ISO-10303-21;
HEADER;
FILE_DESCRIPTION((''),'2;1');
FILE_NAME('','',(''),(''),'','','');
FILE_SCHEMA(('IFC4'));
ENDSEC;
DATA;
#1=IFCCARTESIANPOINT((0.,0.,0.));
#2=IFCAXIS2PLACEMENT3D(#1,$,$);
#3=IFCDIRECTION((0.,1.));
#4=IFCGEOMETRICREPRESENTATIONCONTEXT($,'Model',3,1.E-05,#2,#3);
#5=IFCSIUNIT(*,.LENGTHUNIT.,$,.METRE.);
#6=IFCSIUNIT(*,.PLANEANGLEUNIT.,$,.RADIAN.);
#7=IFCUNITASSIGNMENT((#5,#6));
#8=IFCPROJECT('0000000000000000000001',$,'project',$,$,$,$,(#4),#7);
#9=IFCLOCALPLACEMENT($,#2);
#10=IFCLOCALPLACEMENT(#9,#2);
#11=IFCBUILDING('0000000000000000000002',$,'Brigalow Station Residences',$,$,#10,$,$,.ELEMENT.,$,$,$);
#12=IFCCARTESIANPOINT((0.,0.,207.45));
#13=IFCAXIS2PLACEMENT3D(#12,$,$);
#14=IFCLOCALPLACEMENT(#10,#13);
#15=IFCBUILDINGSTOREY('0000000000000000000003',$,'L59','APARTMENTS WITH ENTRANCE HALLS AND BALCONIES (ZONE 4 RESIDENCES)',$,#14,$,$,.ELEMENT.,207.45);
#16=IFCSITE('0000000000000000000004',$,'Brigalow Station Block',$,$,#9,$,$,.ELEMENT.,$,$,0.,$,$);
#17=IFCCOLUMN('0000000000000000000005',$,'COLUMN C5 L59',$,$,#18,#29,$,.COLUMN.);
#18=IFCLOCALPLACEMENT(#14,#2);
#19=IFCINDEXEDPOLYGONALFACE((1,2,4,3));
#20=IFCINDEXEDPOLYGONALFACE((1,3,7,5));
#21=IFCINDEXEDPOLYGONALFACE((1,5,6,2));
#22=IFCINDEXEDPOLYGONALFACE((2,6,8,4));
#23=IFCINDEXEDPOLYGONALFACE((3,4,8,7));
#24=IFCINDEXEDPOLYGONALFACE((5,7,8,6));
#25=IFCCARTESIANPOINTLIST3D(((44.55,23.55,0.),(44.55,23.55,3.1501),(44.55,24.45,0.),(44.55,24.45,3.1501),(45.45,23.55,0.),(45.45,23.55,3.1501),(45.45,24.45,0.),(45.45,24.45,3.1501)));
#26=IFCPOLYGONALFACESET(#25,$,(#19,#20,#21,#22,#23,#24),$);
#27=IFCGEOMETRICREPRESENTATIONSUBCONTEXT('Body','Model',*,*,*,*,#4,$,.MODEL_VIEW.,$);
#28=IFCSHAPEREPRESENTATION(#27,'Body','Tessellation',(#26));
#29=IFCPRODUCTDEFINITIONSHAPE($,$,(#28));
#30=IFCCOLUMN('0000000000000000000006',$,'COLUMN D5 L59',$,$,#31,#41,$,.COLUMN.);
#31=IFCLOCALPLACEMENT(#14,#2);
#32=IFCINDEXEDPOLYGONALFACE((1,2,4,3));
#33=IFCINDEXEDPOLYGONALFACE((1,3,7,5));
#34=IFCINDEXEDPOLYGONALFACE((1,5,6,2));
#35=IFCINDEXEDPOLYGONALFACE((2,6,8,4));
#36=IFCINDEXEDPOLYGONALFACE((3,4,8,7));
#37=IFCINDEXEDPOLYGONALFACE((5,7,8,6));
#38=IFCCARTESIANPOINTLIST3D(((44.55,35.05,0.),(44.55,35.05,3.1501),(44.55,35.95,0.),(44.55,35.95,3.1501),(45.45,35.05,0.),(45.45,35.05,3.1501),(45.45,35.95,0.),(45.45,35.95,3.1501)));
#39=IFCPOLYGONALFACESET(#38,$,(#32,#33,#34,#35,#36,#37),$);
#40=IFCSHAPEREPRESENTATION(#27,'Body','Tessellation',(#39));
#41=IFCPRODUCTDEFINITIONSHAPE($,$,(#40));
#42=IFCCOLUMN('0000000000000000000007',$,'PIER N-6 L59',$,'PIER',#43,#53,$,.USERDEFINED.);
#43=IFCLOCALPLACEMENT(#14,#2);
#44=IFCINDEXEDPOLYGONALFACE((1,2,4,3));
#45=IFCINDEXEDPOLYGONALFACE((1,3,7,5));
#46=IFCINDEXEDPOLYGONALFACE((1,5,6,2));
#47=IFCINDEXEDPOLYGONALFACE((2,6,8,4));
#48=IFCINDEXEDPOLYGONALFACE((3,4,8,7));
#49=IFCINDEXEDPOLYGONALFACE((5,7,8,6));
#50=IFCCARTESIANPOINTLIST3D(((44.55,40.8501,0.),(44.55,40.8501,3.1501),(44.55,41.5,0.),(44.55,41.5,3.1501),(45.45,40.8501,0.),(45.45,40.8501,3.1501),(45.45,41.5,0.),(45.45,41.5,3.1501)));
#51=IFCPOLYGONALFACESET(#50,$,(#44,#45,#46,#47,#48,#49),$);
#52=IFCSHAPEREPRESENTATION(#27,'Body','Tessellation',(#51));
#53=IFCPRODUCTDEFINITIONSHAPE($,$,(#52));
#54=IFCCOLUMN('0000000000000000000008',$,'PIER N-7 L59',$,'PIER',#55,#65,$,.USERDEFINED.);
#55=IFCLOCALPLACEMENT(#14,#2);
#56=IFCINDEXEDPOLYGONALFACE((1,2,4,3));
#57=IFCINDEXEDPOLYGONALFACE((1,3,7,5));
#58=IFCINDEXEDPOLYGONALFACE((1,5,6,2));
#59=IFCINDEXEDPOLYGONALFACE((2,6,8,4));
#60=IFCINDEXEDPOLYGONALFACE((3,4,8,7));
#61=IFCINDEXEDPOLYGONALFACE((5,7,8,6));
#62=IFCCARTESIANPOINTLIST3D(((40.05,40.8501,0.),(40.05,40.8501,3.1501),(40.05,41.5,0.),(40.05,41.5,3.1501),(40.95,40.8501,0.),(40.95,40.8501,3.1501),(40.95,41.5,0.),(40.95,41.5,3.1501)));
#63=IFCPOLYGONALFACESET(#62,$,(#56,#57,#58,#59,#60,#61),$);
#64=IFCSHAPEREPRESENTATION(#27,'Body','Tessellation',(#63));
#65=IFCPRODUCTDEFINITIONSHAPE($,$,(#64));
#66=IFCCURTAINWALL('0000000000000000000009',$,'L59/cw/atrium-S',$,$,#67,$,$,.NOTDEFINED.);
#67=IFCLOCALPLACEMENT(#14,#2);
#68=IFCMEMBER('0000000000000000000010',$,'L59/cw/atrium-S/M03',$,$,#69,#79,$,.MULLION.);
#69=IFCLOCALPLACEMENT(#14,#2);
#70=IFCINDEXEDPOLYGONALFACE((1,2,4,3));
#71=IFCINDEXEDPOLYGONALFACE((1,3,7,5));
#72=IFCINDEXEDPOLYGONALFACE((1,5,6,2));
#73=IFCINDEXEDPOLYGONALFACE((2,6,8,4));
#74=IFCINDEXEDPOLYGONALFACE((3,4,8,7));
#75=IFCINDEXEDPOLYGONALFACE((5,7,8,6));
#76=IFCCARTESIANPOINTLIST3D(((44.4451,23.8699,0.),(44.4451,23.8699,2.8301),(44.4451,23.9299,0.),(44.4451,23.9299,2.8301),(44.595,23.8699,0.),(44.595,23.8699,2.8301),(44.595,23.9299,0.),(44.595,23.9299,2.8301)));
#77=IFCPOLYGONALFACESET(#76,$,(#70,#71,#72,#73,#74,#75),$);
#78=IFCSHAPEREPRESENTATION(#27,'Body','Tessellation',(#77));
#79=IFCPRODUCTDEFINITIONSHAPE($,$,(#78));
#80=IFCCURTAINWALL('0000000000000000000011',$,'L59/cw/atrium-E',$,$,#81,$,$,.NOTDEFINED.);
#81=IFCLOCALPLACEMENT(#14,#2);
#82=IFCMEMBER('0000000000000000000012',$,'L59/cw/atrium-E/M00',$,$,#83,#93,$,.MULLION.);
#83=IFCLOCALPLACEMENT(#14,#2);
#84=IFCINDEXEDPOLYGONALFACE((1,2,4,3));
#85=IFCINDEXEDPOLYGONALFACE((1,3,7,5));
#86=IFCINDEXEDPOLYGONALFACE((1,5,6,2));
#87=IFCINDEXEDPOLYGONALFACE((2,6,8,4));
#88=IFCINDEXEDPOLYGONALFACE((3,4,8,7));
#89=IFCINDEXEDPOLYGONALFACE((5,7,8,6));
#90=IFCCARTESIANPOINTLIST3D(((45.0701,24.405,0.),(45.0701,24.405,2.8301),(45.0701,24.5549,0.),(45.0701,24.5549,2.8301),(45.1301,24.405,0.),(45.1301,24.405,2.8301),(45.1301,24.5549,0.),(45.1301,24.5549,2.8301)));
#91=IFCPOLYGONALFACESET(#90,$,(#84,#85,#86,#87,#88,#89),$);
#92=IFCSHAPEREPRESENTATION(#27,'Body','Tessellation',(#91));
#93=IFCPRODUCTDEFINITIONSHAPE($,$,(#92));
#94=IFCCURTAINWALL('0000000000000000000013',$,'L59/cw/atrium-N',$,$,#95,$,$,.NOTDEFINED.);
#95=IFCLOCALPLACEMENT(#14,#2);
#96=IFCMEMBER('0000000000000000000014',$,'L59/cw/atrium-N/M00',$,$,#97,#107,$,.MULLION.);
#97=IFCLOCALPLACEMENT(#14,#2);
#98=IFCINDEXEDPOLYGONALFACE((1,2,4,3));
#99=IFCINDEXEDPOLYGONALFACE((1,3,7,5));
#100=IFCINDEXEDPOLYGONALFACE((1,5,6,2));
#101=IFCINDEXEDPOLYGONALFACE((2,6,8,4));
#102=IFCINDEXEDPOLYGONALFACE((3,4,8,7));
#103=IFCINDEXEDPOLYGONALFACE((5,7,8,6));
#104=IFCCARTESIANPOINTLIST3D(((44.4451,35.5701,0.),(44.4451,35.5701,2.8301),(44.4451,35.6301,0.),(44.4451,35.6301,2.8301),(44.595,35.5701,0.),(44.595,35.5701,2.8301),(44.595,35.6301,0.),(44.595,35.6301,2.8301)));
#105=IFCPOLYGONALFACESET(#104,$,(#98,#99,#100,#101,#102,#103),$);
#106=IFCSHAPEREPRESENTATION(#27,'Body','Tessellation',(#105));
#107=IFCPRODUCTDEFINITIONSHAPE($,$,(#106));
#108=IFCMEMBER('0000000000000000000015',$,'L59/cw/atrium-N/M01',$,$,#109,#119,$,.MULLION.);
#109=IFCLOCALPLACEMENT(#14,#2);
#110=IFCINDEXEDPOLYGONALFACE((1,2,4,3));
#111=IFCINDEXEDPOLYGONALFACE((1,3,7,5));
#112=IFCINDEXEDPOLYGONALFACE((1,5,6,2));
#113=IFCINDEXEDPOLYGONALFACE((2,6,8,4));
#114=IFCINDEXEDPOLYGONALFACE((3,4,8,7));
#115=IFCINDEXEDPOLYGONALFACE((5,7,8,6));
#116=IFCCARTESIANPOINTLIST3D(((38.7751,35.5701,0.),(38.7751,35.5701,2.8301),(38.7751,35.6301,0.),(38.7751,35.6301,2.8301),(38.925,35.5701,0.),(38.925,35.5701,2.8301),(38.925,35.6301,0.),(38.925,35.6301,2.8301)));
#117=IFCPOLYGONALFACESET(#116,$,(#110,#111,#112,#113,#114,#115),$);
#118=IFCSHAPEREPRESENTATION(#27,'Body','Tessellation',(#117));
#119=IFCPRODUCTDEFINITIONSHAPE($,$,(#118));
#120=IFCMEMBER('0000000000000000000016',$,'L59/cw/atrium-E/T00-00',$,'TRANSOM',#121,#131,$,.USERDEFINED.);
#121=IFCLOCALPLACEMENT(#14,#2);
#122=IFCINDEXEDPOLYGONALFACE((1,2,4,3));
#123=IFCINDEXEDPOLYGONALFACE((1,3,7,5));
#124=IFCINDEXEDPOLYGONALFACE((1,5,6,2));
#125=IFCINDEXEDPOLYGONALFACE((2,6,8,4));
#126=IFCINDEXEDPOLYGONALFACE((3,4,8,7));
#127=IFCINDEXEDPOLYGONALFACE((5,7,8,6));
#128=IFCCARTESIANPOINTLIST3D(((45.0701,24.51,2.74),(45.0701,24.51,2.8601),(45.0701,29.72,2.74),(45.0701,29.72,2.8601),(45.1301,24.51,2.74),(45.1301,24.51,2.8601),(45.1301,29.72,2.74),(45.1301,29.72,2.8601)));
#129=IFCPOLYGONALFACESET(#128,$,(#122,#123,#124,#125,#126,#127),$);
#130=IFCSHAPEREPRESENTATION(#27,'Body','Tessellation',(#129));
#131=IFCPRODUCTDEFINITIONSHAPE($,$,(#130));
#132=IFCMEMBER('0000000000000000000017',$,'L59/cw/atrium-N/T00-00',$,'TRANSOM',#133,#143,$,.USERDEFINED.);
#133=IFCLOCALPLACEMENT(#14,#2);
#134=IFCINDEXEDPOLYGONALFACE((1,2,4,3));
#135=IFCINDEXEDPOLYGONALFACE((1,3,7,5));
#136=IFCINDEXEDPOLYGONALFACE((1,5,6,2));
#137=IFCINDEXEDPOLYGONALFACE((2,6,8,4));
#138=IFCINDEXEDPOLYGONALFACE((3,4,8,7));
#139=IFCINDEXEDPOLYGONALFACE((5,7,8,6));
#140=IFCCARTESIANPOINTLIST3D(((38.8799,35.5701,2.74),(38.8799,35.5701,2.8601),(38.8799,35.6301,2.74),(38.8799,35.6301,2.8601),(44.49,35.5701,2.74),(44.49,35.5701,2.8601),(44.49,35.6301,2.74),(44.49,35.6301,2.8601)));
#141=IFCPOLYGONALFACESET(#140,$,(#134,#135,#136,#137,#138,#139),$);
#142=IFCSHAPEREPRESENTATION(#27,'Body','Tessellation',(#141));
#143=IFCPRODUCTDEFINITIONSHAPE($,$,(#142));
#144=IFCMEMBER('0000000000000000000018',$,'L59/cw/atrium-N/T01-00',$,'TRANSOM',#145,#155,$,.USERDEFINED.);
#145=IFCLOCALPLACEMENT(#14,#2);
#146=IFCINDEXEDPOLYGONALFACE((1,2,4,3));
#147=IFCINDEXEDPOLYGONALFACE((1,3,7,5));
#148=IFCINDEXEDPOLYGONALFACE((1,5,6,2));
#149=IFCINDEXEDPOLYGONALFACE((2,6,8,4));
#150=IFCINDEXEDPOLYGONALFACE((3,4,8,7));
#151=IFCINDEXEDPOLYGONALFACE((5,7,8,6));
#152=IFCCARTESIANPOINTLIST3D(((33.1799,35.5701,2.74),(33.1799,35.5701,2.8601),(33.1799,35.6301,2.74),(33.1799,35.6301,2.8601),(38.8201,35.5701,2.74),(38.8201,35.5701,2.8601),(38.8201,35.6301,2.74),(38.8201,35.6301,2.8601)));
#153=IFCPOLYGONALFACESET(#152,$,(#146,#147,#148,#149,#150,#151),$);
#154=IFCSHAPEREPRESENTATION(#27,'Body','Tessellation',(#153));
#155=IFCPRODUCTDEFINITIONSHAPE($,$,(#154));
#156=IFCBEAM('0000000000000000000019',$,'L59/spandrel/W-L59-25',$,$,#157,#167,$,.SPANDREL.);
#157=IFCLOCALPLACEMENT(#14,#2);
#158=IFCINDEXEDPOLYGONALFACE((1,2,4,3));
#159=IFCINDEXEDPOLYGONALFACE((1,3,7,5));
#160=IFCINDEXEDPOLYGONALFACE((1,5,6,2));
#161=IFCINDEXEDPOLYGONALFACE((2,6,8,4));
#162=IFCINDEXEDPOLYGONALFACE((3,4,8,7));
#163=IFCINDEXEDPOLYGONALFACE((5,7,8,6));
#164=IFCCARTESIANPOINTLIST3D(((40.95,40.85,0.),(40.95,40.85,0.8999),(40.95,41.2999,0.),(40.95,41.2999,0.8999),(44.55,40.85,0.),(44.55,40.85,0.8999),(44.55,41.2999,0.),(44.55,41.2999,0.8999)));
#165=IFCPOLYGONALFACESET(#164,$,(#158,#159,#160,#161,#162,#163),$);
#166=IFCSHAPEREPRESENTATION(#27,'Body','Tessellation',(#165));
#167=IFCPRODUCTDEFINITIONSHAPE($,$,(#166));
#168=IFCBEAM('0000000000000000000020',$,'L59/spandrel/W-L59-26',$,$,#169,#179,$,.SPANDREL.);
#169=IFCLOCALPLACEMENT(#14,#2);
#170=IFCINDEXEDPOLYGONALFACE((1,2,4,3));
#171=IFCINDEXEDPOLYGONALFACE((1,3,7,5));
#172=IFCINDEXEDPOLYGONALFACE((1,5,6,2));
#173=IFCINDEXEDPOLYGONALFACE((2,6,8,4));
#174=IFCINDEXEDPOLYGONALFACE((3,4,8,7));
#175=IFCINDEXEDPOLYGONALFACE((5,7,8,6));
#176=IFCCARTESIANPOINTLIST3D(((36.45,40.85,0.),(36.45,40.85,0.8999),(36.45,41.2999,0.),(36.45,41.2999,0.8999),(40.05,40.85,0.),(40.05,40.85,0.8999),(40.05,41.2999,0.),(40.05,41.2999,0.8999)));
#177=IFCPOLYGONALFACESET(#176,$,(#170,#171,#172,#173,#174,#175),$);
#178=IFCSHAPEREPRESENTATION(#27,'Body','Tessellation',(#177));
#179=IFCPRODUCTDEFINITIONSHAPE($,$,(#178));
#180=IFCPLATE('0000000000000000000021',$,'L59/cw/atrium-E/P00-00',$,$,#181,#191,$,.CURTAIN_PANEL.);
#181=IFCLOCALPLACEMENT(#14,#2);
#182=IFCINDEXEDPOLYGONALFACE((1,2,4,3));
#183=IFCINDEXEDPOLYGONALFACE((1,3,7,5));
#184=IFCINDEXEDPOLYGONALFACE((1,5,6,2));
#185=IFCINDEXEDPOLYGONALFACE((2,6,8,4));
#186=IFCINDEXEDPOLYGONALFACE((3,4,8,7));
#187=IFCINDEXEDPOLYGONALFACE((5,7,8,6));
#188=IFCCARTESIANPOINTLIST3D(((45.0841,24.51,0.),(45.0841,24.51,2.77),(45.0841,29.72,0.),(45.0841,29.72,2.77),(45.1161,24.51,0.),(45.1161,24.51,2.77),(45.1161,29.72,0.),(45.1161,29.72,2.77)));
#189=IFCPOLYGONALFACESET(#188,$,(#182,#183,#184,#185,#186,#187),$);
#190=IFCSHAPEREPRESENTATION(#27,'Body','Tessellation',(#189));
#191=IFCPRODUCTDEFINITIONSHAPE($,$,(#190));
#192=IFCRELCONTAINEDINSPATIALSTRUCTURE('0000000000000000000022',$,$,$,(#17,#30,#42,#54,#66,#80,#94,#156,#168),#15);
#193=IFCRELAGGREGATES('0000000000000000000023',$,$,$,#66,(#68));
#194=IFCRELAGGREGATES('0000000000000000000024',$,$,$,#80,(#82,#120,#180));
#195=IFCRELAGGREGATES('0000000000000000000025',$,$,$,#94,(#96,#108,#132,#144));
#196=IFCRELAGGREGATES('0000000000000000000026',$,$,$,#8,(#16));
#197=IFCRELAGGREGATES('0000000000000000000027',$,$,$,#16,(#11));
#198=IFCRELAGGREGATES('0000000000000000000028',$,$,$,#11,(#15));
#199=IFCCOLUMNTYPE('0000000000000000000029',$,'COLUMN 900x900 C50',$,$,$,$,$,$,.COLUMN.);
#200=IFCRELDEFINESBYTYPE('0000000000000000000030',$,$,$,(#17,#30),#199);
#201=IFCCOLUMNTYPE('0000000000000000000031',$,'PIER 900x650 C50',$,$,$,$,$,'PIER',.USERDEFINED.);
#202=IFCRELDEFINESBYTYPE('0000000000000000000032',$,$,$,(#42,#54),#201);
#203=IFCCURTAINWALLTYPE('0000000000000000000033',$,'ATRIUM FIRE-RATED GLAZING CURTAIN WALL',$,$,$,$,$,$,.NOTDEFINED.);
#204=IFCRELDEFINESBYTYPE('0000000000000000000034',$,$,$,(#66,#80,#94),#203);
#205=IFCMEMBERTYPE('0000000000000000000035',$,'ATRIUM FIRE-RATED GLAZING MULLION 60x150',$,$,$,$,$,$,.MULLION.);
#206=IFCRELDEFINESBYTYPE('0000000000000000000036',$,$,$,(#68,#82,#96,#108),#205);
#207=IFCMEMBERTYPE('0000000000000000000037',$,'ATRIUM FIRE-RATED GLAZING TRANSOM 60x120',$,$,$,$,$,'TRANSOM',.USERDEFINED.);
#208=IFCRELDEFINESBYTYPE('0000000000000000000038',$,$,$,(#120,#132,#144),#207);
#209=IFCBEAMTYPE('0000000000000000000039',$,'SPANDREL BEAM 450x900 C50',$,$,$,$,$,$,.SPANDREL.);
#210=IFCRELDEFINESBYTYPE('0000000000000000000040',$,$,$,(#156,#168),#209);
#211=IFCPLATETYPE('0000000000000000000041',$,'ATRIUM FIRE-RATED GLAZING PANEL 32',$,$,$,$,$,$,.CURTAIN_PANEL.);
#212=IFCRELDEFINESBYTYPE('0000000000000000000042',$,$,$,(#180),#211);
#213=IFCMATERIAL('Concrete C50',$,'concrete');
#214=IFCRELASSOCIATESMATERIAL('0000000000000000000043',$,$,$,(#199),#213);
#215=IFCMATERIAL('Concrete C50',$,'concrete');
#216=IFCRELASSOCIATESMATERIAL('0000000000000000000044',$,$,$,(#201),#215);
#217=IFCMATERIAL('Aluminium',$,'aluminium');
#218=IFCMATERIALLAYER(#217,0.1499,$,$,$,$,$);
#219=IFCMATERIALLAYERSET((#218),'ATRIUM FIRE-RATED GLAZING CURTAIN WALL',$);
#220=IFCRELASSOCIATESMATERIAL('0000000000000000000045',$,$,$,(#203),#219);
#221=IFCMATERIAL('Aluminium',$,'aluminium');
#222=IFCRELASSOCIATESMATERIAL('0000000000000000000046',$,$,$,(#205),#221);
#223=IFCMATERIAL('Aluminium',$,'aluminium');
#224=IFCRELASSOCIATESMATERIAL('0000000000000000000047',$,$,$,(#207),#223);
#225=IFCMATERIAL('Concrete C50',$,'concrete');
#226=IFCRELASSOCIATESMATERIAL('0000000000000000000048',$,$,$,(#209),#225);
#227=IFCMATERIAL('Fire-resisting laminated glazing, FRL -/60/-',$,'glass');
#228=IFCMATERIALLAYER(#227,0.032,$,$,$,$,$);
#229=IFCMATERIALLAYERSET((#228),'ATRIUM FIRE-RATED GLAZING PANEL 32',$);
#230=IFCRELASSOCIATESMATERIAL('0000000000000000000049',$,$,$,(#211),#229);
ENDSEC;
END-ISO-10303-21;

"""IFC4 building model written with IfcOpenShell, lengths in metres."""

from ifc_helpers import new_model, si_unit, direction, frame, origin, origin_2d, place, context, subcontext, project, spatial, rectangle, extrude, material, layer, layer_set, material_profile, profile_set, type_object, element, aggregate, save


model = new_model("IFC4")

# Units and contexts
model_context = context("Model", 3, precision=1e-05, world=origin(), true_north=direction((0.0, 1.0)))
body_context = subcontext(model_context, "Body", "Model", "MODEL_VIEW")
ifc_project = project(units=[si_unit("LENGTHUNIT", "METRE"), si_unit("PLANEANGLEUNIT", "RADIAN")], contexts=[model_context])

# Site, building, storey
site_placement = place(None, origin())
site = spatial("IfcSite", under=ifc_project, at=site_placement, Name="Brigalow Station Block", CompositionType="ELEMENT", RefElevation=0.0)
building_placement = place(site_placement, origin())
building = spatial("IfcBuilding", under=site, at=building_placement, Name="Brigalow Station Residences", CompositionType="ELEMENT")
storey_placement = place(building_placement, frame((0.0, 0.0, 207.45)))
storey = spatial("IfcBuildingStorey", under=building, at=storey_placement, Name="L59", Description="APARTMENTS WITH ENTRANCE HALLS AND BALCONIES (ZONE 4 RESIDENCES)", CompositionType="ELEMENT", Elevation=207.45)

# Columns
ifc_material_1 = material(Name="Concrete C50", Category="concrete")
ifc_material_profile_1 = material_profile(ifc_material_1, rectangle(XDim=0.8999, YDim=0.8999, at=origin_2d()), Name="RC900x900")
ifc_profile_set_1 = profile_set([ifc_material_profile_1], Name="Concrete C50")
column_type_1 = type_object("IfcColumnType", Name="COLUMN 900x900 C50", PredefinedType="COLUMN", material=ifc_profile_set_1)
for number, where, z_axis, x_axis, name in (
    (1, (45.0, 24.0, 0.0), (0.0, 0.0, 1.0), (1.0, 0.0, 0.0), "COLUMN C5 L59"),
    (2, (45.0, 35.5, 0.0), (0.0, 0.0, 1.0), (1.0, 0.0, 0.0), "COLUMN D5 L59"),
):
    element("IfcColumn", number, at=place(storey_placement, frame(where, z_axis=z_axis, x_axis=x_axis)), inside=storey, type_object=column_type_1, Name=name, PredefinedType="COLUMN", context=body_context, shape_type="SweptSolid", body=[
        extrude(rectangle(XDim=0.8999, YDim=0.8999, at=origin_2d()), origin(), (0.0, 0.0, 1.0), 3.1501),
    ])
ifc_material_2 = material(Name="Concrete C50", Category="concrete")
ifc_material_profile_2 = material_profile(ifc_material_2, rectangle(XDim=0.8999, YDim=0.6499, at=origin_2d()), Name="RC900x650")
ifc_profile_set_2 = profile_set([ifc_material_profile_2], Name="Concrete C50")
column_type_2 = type_object("IfcColumnType", Name="PIER 900x650 C50", ElementType="PIER", PredefinedType="USERDEFINED", material=ifc_profile_set_2)
for number, where, z_axis, x_axis, name in (
    (3, (45.0, 41.175, 0.0), (0.0, 0.0, 1.0), (-1.0, 0.0, 0.0), "PIER N-6 L59"),
    (4, (40.5, 41.175, 0.0), (0.0, 0.0, 1.0), (-1.0, 0.0, 0.0), "PIER N-7 L59"),
):
    element("IfcColumn", number, at=place(storey_placement, frame(where, z_axis=z_axis, x_axis=x_axis)), inside=storey, type_object=column_type_2, Name=name, ObjectType="PIER", PredefinedType="USERDEFINED", context=body_context, shape_type="SweptSolid", body=[
        extrude(rectangle(XDim=0.8999, YDim=0.6499, at=origin_2d()), origin(), (0.0, 0.0, 1.0), 3.1501),
    ])

# Curtain walls, members
ifc_material_3 = material(Name="Aluminium", Category="aluminium")
ifc_layer_1 = layer(ifc_material_3, 0.1499)
ifc_layer_set_1 = layer_set([ifc_layer_1], Name="ATRIUM FIRE-RATED GLAZING CURTAIN WALL")
curtain_wall_type = type_object("IfcCurtainWallType", Name="ATRIUM FIRE-RATED GLAZING CURTAIN WALL", PredefinedType="NOTDEFINED", material=ifc_layer_set_1)
curtain_wall_1_placement = place(storey_placement, origin())
curtain_wall_1 = element("IfcCurtainWall", 5, at=curtain_wall_1_placement, inside=storey, type_object=curtain_wall_type, Name="L59/cw/atrium-S", PredefinedType="NOTDEFINED")
ifc_material_4 = material(Name="Aluminium", Category="aluminium")
ifc_material_profile_3 = material_profile(ifc_material_4, rectangle(XDim=0.0601, YDim=0.1499, at=origin_2d()), Name="ATRIUM FIRE-RATED GLAZING MULLION 60x150")
ifc_profile_set_3 = profile_set([ifc_material_profile_3], Name="Aluminium")
member_type_1 = type_object("IfcMemberType", Name="ATRIUM FIRE-RATED GLAZING MULLION 60x150", PredefinedType="MULLION", material=ifc_profile_set_3)
member_1_placement = place(storey_placement, frame((44.52, 23.8999, 0.0), z_axis=(0.0, 0.0, 1.0), x_axis=(0.0, 1.0, 0.0)))
member_1 = element("IfcMember", 6, at=member_1_placement, type_object=member_type_1, Name="L59/cw/atrium-S/M03", PredefinedType="MULLION", context=body_context, shape_type="SweptSolid", body=[
    extrude(rectangle(XDim=0.0601, YDim=0.1499, at=origin_2d()), origin(), (0.0, 0.0, 1.0), 2.8301),
])
aggregate(curtain_wall_1, [member_1])
curtain_wall_2_placement = place(storey_placement, origin())
curtain_wall_2 = element("IfcCurtainWall", 7, at=curtain_wall_2_placement, inside=storey, type_object=curtain_wall_type, Name="L59/cw/atrium-E", PredefinedType="NOTDEFINED")
member_2_placement = place(storey_placement, frame((45.1001, 24.48, 0.0), z_axis=(0.0, 0.0, 1.0), x_axis=(-1.0, 0.0, 0.0)))
member_2 = element("IfcMember", 8, at=member_2_placement, type_object=member_type_1, Name="L59/cw/atrium-E/M00", PredefinedType="MULLION", context=body_context, shape_type="SweptSolid", body=[
    extrude(rectangle(XDim=0.0601, YDim=0.1499, at=origin_2d()), origin(), (0.0, 0.0, 1.0), 2.8301),
])

# Curtain wall, members
curtain_wall_3_placement = place(storey_placement, origin())
curtain_wall_3 = element("IfcCurtainWall", 9, at=curtain_wall_3_placement, inside=storey, type_object=curtain_wall_type, Name="L59/cw/atrium-N", PredefinedType="NOTDEFINED")
member_3_placement = place(storey_placement, frame((44.52, 35.6001, 0.0), z_axis=(0.0, 0.0, 1.0), x_axis=(0.0, -1.0, 0.0)))
member_3 = element("IfcMember", 10, at=member_3_placement, type_object=member_type_1, Name="L59/cw/atrium-N/M00", PredefinedType="MULLION", context=body_context, shape_type="SweptSolid", body=[
    extrude(rectangle(XDim=0.0601, YDim=0.1499, at=origin_2d()), origin(), (0.0, 0.0, 1.0), 2.8301),
])
member_4_placement = place(storey_placement, frame((38.8501, 35.6001, 0.0), z_axis=(0.0, 0.0, 1.0), x_axis=(0.0, -1.0, 0.0)))
member_4 = element("IfcMember", 11, at=member_4_placement, type_object=member_type_1, Name="L59/cw/atrium-N/M01", PredefinedType="MULLION", context=body_context, shape_type="SweptSolid", body=[
    extrude(rectangle(XDim=0.0601, YDim=0.1499, at=origin_2d()), origin(), (0.0, 0.0, 1.0), 2.8301),
])

# Members
ifc_material_5 = material(Name="Aluminium", Category="aluminium")
ifc_material_profile_4 = material_profile(ifc_material_5, rectangle(XDim=0.0601, YDim=0.1201, at=origin_2d()), Name="ATRIUM FIRE-RATED GLAZING TRANSOM 60x120")
ifc_profile_set_4 = profile_set([ifc_material_profile_4], Name="Aluminium")
member_type_2 = type_object("IfcMemberType", Name="ATRIUM FIRE-RATED GLAZING TRANSOM 60x120", ElementType="TRANSOM", PredefinedType="USERDEFINED", material=ifc_profile_set_4)
member_5_placement = place(storey_placement, frame((45.1001, 24.51, 2.8), z_axis=(0.0, 1.0, 0.0), x_axis=(-1.0, 0.0, 0.0)))
member_5 = element("IfcMember", 12, at=member_5_placement, type_object=member_type_2, Name="L59/cw/atrium-E/T00-00", ObjectType="TRANSOM", PredefinedType="USERDEFINED", context=body_context, shape_type="SweptSolid", body=[
    extrude(rectangle(XDim=0.0601, YDim=0.1201, at=origin_2d()), origin(), (0.0, 0.0, 1.0), 5.21),
])
member_6_placement = place(storey_placement, frame((44.49, 35.6001, 2.8), z_axis=(-1.0, 0.0, 0.0), x_axis=(0.0, -1.0, 0.0)))
member_6 = element("IfcMember", 13, at=member_6_placement, type_object=member_type_2, Name="L59/cw/atrium-N/T00-00", ObjectType="TRANSOM", PredefinedType="USERDEFINED", context=body_context, shape_type="SweptSolid", body=[
    extrude(rectangle(XDim=0.0601, YDim=0.1201, at=origin_2d()), origin(), (0.0, 0.0, 1.0), 5.6101),
])
member_7_placement = place(storey_placement, frame((38.8201, 35.6001, 2.8), z_axis=(-1.0, 0.0, 0.0), x_axis=(0.0, -1.0, 0.0)))
member_7 = element("IfcMember", 14, at=member_7_placement, type_object=member_type_2, Name="L59/cw/atrium-N/T01-00", ObjectType="TRANSOM", PredefinedType="USERDEFINED", context=body_context, shape_type="SweptSolid", body=[
    extrude(rectangle(XDim=0.0601, YDim=0.1201, at=origin_2d()), origin(), (0.0, 0.0, 1.0), 5.6401),
])

# Beams
ifc_material_6 = material(Name="Concrete C50", Category="concrete")
ifc_material_profile_5 = material_profile(ifc_material_6, rectangle(XDim=0.45, YDim=0.8999, at=origin_2d()), Name="RC450x900")
ifc_profile_set_5 = profile_set([ifc_material_profile_5], Name="Concrete C50")
beam_type = type_object("IfcBeamType", Name="SPANDREL BEAM 450x900 C50", PredefinedType="SPANDREL", material=ifc_profile_set_5)
for number, where, z_axis, x_axis, name in (
    (15, (44.55, 41.075, 0.45), (-1.0, 0.0, 0.0), (0.0, -1.0, 0.0), "L59/spandrel/W-L59-25"),
    (16, (40.05, 41.075, 0.45), (-1.0, 0.0, 0.0), (0.0, -1.0, 0.0), "L59/spandrel/W-L59-26"),
):
    element("IfcBeam", number, at=place(storey_placement, frame(where, z_axis=z_axis, x_axis=x_axis)), inside=storey, type_object=beam_type, Name=name, PredefinedType="SPANDREL", context=body_context, shape_type="SweptSolid", body=[
        extrude(rectangle(XDim=0.45, YDim=0.8999, at=origin_2d()), origin(), (0.0, 0.0, 1.0), 3.6001),
    ])

# Plate
ifc_material_7 = material(Name="Fire-resisting laminated glazing, FRL -/60/-", Category="glass")
ifc_layer_2 = layer(ifc_material_7, 0.032)
ifc_layer_set_2 = layer_set([ifc_layer_2], Name="ATRIUM FIRE-RATED GLAZING PANEL 32")
plate_type = type_object("IfcPlateType", Name="ATRIUM FIRE-RATED GLAZING PANEL 32", PredefinedType="CURTAIN_PANEL", material=ifc_layer_set_2)
plate_1_placement = place(storey_placement, frame((45.1001, 27.115, 0.0), z_axis=(0.0, 0.0, 1.0), x_axis=(0.0, 1.0, 0.0)))
plate_1 = element("IfcPlate", 17, at=plate_1_placement, type_object=plate_type, Name="L59/cw/atrium-E/P00-00", PredefinedType="CURTAIN_PANEL", context=body_context, shape_type="SweptSolid", body=[
    extrude(rectangle(XDim=5.21, YDim=0.032, at=origin_2d()), origin(), (0.0, 0.0, 1.0), 2.77),
])
aggregate(curtain_wall_2, [member_2, member_5, plate_1])
aggregate(curtain_wall_3, [member_3, member_4, member_6, member_7])

save(model, "model.ifc")
